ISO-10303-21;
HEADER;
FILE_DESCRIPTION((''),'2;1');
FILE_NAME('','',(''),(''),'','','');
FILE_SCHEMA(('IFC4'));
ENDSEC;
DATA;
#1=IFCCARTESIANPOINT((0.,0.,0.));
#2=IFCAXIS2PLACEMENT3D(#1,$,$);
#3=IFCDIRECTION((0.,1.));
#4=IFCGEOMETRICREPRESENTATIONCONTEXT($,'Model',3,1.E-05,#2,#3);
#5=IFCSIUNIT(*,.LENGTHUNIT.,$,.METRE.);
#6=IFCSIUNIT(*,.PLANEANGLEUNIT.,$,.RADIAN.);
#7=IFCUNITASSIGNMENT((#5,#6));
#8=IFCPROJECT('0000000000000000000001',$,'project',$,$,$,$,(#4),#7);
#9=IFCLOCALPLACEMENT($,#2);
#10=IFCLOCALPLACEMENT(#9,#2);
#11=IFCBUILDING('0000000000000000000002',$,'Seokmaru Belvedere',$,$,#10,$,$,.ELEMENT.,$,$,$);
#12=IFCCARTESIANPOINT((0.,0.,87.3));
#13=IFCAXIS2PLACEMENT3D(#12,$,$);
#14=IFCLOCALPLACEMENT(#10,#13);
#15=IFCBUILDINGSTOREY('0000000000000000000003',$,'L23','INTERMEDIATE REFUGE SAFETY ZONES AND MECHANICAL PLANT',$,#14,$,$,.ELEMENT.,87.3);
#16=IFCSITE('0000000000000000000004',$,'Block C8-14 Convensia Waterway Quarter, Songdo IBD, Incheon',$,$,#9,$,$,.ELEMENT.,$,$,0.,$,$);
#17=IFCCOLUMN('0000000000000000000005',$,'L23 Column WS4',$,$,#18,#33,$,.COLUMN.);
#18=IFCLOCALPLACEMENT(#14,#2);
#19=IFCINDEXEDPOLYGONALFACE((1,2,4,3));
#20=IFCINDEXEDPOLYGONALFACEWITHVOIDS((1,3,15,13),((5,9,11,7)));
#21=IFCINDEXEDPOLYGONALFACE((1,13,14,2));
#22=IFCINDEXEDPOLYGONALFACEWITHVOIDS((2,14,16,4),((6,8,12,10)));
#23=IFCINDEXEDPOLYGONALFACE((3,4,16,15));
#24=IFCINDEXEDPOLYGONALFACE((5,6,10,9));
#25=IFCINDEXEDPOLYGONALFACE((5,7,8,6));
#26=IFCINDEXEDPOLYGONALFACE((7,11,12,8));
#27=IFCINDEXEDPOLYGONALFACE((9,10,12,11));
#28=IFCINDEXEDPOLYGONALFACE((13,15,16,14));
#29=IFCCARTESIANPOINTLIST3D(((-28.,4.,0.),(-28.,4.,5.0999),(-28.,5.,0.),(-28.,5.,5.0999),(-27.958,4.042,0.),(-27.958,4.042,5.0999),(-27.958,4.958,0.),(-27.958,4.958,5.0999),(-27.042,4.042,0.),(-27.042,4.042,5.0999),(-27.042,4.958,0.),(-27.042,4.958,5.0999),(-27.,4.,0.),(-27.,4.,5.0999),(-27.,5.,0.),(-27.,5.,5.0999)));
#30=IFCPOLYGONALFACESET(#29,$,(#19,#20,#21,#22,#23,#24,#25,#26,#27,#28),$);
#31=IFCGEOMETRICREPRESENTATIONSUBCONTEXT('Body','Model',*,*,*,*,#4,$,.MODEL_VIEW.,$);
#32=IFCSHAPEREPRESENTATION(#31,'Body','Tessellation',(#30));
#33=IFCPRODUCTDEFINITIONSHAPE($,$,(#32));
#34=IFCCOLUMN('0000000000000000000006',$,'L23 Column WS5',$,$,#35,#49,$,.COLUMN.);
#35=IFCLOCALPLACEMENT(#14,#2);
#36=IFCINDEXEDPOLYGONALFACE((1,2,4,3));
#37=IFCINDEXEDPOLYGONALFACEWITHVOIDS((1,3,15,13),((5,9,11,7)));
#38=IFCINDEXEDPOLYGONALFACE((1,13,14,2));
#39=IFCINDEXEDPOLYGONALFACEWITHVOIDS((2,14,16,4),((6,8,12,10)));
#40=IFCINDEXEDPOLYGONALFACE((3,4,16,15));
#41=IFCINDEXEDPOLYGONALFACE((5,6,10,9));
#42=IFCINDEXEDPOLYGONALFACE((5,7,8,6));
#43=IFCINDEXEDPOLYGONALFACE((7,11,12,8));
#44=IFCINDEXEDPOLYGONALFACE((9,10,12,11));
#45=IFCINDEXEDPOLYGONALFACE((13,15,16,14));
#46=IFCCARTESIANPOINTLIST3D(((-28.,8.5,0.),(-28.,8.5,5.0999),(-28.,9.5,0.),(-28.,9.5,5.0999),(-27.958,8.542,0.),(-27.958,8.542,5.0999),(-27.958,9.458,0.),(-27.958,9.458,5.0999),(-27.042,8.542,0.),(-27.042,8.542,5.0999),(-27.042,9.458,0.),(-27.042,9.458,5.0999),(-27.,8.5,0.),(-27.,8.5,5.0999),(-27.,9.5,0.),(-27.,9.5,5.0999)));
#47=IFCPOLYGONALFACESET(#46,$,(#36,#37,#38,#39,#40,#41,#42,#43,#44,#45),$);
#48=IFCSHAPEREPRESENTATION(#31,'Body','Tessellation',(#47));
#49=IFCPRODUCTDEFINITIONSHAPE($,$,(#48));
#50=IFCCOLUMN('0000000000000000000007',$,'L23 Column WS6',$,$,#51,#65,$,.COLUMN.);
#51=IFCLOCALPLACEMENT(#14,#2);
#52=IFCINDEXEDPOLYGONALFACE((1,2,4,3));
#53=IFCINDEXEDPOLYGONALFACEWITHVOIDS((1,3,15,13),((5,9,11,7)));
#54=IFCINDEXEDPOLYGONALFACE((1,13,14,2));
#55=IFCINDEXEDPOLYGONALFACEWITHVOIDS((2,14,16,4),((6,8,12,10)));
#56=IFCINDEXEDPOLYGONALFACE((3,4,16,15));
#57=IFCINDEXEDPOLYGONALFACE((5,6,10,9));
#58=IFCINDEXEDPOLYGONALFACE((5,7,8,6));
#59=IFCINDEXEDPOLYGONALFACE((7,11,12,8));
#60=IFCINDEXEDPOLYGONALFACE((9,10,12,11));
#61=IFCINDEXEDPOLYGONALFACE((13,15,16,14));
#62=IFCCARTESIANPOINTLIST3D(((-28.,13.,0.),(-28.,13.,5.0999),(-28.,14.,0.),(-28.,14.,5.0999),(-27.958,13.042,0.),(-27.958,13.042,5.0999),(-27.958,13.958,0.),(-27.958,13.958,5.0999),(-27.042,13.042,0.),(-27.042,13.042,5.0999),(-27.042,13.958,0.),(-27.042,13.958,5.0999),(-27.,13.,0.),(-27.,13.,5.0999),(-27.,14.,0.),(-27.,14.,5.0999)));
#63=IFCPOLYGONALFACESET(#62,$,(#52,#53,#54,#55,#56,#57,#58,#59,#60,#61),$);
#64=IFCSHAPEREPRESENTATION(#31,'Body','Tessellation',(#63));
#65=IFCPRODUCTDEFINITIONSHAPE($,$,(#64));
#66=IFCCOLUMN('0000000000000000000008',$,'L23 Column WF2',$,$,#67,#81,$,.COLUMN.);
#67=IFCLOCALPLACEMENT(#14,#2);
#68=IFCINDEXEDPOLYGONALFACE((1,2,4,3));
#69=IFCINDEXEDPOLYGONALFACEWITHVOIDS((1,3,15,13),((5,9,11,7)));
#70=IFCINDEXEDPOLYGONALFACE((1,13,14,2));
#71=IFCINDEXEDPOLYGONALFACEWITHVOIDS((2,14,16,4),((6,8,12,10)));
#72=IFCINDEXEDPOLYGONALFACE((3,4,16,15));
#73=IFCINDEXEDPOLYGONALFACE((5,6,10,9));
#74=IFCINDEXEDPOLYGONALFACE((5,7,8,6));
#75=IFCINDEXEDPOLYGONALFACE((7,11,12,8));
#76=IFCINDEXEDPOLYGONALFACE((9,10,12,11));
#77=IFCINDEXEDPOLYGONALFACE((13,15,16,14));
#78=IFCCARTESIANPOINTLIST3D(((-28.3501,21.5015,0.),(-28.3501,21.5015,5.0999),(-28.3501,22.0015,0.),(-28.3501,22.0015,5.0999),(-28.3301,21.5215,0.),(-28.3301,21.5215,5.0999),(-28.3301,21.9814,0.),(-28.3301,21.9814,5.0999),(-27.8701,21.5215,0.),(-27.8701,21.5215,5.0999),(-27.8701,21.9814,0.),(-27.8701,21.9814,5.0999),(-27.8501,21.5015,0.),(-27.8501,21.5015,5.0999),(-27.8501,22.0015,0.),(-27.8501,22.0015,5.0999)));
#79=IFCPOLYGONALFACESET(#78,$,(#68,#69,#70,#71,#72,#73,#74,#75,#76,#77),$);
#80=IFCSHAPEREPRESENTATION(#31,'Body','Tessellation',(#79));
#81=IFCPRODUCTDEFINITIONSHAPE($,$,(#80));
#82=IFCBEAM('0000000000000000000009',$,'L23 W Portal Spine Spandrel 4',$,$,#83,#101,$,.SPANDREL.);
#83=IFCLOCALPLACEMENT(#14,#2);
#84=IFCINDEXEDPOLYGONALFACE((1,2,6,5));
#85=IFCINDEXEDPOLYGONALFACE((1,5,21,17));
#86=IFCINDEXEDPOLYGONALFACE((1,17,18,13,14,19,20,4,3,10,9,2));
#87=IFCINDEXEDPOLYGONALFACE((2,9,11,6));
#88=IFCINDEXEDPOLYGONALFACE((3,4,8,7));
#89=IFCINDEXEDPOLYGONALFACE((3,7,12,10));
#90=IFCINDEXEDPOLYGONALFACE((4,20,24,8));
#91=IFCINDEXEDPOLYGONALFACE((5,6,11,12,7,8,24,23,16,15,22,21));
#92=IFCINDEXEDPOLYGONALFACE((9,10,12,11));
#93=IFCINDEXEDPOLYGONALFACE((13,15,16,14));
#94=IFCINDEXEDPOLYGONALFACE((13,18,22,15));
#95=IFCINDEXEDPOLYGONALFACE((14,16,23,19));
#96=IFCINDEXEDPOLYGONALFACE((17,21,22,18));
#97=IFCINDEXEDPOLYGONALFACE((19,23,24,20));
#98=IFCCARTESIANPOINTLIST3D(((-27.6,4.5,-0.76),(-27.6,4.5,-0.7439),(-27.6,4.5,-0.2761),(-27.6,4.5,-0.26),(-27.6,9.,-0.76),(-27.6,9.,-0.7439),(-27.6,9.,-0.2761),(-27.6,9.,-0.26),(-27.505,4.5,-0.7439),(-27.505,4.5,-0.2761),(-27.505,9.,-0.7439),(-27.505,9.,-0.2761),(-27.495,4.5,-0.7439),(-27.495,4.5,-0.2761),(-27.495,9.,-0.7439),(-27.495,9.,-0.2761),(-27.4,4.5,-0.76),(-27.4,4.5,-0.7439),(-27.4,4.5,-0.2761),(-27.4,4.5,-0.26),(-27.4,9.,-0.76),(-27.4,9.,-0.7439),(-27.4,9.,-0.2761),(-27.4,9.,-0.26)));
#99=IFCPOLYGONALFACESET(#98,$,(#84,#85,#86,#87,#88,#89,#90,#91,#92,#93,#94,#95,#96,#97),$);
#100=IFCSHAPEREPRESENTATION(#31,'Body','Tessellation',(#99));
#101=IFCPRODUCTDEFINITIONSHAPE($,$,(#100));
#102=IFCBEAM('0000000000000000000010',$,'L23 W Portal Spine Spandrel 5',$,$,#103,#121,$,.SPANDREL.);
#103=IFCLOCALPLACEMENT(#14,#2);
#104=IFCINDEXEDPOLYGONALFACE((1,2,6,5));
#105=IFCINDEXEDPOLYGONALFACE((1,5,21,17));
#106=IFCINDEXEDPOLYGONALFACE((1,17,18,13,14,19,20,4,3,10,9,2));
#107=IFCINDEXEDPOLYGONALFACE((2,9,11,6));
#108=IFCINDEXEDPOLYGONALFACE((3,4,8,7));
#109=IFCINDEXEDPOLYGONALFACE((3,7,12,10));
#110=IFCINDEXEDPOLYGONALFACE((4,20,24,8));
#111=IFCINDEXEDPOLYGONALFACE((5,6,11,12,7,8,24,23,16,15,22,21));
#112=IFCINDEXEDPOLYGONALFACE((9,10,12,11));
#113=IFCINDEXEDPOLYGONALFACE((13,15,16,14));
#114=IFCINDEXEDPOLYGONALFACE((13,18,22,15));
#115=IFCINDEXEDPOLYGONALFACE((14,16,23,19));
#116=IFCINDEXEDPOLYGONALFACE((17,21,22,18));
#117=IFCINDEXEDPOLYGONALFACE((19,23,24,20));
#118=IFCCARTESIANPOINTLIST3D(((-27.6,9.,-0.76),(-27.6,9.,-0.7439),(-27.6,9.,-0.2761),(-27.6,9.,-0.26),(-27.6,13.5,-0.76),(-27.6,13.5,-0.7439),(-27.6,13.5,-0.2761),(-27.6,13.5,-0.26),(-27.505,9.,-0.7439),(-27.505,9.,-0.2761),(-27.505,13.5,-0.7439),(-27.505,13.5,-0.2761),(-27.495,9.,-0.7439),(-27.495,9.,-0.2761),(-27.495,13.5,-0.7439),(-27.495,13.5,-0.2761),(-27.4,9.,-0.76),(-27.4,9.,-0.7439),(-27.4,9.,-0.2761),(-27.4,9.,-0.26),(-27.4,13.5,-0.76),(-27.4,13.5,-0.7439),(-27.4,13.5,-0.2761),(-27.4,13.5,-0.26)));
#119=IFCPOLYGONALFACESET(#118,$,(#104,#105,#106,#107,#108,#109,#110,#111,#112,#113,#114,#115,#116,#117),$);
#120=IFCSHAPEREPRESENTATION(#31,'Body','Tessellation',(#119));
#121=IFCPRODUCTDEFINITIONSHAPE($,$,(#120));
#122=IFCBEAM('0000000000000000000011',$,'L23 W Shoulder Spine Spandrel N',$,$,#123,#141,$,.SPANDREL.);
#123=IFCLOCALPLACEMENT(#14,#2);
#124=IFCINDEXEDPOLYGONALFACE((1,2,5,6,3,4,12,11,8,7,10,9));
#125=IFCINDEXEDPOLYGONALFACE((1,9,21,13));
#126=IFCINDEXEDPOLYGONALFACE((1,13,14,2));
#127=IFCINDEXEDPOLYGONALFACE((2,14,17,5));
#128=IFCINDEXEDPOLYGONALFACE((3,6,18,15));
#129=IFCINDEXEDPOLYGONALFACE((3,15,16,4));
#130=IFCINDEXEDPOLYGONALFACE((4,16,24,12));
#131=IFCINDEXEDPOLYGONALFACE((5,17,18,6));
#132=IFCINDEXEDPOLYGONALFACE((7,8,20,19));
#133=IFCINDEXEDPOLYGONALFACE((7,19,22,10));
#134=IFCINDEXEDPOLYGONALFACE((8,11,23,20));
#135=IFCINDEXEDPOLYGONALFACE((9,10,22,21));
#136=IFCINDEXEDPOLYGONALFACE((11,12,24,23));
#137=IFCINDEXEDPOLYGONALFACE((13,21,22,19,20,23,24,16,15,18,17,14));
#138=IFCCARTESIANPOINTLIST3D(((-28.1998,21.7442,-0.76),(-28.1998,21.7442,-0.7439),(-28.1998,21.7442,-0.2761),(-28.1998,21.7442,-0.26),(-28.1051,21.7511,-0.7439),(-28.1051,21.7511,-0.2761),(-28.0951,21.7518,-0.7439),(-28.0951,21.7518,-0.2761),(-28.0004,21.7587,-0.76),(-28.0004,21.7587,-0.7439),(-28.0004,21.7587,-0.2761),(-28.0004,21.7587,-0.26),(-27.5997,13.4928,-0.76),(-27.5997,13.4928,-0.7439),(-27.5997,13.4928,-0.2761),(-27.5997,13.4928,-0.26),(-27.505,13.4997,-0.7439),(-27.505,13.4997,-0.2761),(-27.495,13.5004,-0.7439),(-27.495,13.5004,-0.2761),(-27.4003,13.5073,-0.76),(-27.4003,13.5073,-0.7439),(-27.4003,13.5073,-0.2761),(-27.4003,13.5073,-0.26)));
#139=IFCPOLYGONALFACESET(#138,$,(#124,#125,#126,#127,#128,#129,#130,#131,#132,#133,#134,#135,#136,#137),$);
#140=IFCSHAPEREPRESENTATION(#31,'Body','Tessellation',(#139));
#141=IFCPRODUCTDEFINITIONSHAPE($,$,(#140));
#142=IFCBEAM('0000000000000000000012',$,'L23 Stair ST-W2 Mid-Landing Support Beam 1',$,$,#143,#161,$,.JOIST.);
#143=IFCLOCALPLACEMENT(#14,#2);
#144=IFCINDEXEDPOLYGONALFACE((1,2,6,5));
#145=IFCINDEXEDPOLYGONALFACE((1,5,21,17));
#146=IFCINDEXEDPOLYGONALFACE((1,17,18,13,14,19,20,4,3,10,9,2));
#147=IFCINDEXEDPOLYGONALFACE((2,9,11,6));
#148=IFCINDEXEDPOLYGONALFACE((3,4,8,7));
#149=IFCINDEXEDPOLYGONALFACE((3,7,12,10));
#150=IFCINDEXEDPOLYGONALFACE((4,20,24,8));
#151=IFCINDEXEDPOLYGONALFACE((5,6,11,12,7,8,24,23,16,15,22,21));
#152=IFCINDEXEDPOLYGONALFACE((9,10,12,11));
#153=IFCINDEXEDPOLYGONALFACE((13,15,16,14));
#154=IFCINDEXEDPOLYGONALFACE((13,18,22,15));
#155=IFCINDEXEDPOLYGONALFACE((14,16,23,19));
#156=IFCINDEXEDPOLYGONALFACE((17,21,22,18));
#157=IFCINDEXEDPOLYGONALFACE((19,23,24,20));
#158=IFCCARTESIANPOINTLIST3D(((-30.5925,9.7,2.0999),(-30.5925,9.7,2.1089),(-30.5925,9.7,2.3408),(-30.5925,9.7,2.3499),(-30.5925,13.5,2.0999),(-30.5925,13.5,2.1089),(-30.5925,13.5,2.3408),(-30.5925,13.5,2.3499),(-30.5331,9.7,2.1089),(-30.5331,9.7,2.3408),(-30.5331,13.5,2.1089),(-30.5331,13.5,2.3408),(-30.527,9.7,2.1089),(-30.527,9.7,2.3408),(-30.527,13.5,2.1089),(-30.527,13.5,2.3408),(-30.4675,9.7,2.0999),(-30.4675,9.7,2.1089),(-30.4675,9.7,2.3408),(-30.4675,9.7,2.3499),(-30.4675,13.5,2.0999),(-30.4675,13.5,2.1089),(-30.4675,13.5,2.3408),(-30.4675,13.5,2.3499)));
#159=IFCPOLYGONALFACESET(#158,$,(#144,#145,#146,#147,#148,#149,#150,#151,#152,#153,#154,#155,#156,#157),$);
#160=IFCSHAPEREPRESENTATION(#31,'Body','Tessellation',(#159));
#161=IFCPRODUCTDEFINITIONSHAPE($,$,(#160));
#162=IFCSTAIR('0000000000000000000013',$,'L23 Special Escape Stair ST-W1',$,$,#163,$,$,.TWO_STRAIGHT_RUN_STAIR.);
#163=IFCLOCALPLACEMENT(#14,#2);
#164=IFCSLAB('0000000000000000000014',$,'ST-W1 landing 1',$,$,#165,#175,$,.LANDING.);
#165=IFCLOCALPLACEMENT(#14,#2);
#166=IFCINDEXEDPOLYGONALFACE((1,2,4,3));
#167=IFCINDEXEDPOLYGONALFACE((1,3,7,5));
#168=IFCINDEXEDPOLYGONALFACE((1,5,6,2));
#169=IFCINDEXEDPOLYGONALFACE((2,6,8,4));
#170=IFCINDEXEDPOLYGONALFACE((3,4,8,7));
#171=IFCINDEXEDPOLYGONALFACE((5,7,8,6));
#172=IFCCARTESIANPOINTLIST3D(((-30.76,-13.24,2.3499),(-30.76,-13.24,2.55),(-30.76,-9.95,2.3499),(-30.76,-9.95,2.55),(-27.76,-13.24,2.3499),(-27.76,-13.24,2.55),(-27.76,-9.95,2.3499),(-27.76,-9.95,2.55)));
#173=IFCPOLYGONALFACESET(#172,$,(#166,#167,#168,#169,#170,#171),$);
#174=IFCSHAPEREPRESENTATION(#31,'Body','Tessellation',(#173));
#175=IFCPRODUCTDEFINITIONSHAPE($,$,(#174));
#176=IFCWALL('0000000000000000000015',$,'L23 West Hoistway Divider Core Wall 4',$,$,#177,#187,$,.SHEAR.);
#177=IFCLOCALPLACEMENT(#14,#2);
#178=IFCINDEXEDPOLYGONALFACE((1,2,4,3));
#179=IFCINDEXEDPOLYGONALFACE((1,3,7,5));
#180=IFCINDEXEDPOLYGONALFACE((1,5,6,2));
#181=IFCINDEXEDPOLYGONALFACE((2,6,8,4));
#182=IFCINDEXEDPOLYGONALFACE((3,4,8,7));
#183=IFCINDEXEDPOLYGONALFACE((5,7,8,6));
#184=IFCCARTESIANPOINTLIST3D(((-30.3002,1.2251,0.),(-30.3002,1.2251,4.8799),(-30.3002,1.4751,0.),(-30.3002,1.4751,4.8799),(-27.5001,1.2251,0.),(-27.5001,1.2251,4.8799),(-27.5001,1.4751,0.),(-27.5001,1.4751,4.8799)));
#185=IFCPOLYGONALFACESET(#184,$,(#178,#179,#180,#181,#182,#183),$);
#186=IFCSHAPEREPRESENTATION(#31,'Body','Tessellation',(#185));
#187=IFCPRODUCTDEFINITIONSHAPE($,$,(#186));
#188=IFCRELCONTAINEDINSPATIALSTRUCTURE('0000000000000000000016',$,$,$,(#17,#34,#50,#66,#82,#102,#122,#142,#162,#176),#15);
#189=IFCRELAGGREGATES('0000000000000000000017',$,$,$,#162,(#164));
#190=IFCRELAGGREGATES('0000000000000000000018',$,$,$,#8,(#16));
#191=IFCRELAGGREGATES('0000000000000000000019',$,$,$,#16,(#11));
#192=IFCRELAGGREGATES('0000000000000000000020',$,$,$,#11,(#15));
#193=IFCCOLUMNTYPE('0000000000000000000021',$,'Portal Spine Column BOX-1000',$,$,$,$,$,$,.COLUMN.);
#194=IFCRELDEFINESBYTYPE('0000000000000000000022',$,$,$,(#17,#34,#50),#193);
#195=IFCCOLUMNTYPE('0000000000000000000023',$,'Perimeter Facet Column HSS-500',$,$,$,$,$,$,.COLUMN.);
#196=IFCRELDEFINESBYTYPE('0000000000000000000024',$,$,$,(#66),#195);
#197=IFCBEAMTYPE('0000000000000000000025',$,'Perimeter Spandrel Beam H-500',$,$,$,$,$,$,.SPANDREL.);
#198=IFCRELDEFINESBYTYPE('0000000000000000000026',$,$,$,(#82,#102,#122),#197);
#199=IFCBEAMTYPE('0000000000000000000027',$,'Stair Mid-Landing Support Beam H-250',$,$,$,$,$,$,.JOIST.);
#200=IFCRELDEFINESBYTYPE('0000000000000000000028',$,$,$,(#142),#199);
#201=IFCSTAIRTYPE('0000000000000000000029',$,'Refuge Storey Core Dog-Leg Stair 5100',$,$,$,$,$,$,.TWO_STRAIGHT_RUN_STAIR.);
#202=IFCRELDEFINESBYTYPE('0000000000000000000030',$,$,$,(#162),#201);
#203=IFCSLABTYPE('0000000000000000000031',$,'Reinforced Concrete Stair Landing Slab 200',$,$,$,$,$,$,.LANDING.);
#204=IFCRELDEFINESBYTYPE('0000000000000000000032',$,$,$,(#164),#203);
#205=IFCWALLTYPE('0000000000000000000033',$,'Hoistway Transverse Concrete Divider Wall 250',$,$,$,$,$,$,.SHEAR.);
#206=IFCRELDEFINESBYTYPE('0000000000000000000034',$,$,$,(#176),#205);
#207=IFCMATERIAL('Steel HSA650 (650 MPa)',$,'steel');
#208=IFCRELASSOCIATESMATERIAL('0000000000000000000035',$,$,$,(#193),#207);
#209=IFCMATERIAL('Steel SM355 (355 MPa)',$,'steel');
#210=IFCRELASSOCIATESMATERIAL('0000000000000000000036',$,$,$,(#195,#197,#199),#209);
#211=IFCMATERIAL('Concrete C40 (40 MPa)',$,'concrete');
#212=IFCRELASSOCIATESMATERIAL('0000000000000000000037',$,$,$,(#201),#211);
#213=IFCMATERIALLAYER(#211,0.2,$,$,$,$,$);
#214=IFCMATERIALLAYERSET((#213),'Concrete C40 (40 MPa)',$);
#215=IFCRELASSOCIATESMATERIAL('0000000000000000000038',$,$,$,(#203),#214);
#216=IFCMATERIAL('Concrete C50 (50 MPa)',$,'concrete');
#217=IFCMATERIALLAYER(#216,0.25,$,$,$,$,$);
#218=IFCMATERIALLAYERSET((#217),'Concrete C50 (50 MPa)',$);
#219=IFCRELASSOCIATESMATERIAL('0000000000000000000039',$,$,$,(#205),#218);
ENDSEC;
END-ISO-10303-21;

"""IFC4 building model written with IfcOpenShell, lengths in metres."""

from ifc_helpers import new_model, si_unit, direction, frame, frame_2d, origin, origin_2d, place, context, subcontext, project, spatial, polyline, rectangle, hollow_rectangle, i_section, outline, extrude, source, transform, mapped, material, layer, layer_set, material_profile, profile_set, type_object, type_shapes, element, aggregate, save


model = new_model("IFC4")

# Units and contexts
model_context = context("Model", 3, precision=1e-05, world=origin(), true_north=direction((0.0, 1.0)))
body_context = subcontext(model_context, "Body", "Model", "MODEL_VIEW")
ifc_project = project(units=[si_unit("LENGTHUNIT", "METRE"), si_unit("PLANEANGLEUNIT", "RADIAN")], contexts=[model_context])

# Site, building, storey
site_placement = place(None, origin())
site = spatial("IfcSite", under=ifc_project, at=site_placement, Name="Block C8-14 Convensia Waterway Quarter, Songdo IBD, Incheon", CompositionType="ELEMENT", RefElevation=0.0)
building_placement = place(site_placement, origin())
building = spatial("IfcBuilding", under=site, at=building_placement, Name="Seokmaru Belvedere", CompositionType="ELEMENT")
storey_placement = place(building_placement, frame((0.0, 0.0, 87.3)))
storey = spatial("IfcBuildingStorey", under=building, at=storey_placement, Name="L23", Description="INTERMEDIATE REFUGE SAFETY ZONES AND MECHANICAL PLANT", CompositionType="ELEMENT", Elevation=87.3)

# Columns
ifc_material_1 = material(Name="Steel HSA650 (650 MPa)", Category="steel")
ifc_material_profile_1 = material_profile(ifc_material_1, hollow_rectangle(XDim=1.0, YDim=1.0, WallThickness=0.042, at=origin_2d()), Name="BOX-1000x1000x42")
ifc_profile_set_1 = profile_set([ifc_material_profile_1], Name="Steel HSA650 (650 MPa)")
column_type_1 = type_object("IfcColumnType", Name="Portal Spine Column BOX-1000", PredefinedType="COLUMN", material=ifc_profile_set_1)
shared_shape_1 = source(origin(), body_context, "Body", "SweptSolid", [
    extrude(hollow_rectangle(XDim=1.0, YDim=1.0, WallThickness=0.042, at=origin_2d()), origin(), (0.0, 0.0, 1.0), 5.0999),
])
type_shapes(column_type_1, [shared_shape_1])
for number, where, z_axis, x_axis, name in (
    (1, (-27.5, 4.5, 0.0), (0.0, 0.0, 1.0), (1.0, 0.0, 0.0), "L23 Column WS4"),
    (2, (-27.5, 9.0, 0.0), (0.0, 0.0, 1.0), (1.0, 0.0, 0.0), "L23 Column WS5"),
    (3, (-27.5, 13.5, 0.0), (0.0, 0.0, 1.0), (1.0, 0.0, 0.0), "L23 Column WS6"),
):
    element("IfcColumn", number, at=place(storey_placement, frame(where, z_axis=z_axis, x_axis=x_axis)), inside=storey, type_object=column_type_1, Name=name, PredefinedType="COLUMN", context=body_context, shape_type="MappedRepresentation", body=[
        mapped(shared_shape_1, transform((0.0, 0.0, 0.0), scale=1.0)),
    ])
ifc_material_2 = material(Name="Steel SM355 (355 MPa)", Category="steel")
ifc_material_profile_2 = material_profile(ifc_material_2, hollow_rectangle(XDim=0.5, YDim=0.5, WallThickness=0.02, at=origin_2d()), Name="HSS-500x500x20")
ifc_profile_set_2 = profile_set([ifc_material_profile_2], Name="Steel SM355 (355 MPa)")
column_type_2 = type_object("IfcColumnType", Name="Perimeter Facet Column HSS-500", PredefinedType="COLUMN", material=ifc_profile_set_2)
shared_shape_2 = source(origin(), body_context, "Body", "SweptSolid", [
    extrude(hollow_rectangle(XDim=0.5, YDim=0.5, WallThickness=0.02, at=origin_2d()), origin(), (0.0, 0.0, 1.0), 5.0999),
])
type_shapes(column_type_2, [shared_shape_2])
column_placement = place(storey_placement, frame((-28.1001, 21.7515, 0.0), z_axis=(0.0, 0.0, 1.0), x_axis=(1.0, 0.0, 0.0)))
element("IfcColumn", 4, at=column_placement, inside=storey, type_object=column_type_2, Name="L23 Column WF2", PredefinedType="COLUMN", context=body_context, shape_type="MappedRepresentation", body=[
    mapped(shared_shape_2, transform((0.0, 0.0, 0.0), scale=1.0)),
])

# Beams
ifc_material_profile_3 = material_profile(ifc_material_2, i_section(OverallWidth=0.2, OverallDepth=0.5, WebThickness=0.01, FlangeThickness=0.0161, at=origin_2d()), Name="H-500x200x10x16")
ifc_profile_set_3 = profile_set([ifc_material_profile_3], Name="Steel SM355 (355 MPa)")
beam_type_1 = type_object("IfcBeamType", Name="Perimeter Spandrel Beam H-500", PredefinedType="SPANDREL", material=ifc_profile_set_3)
shared_shape_3 = source(origin(), body_context, "Body", "SweptSolid", [
    extrude(i_section(OverallWidth=0.2, OverallDepth=0.5, WebThickness=0.01, FlangeThickness=0.0161, at=origin_2d()), origin(), (0.0, 0.0, 1.0), 4.5),
])
for number, where, z_axis, x_axis, name in (
    (5, (-27.5, 4.5, -0.51), (0.0, 1.0, 0.0), (-1.0, 0.0, 0.0), "L23 W Portal Spine Spandrel 4"),
    (6, (-27.5, 9.0, -0.51), (0.0, 1.0, 0.0), (-1.0, 0.0, 0.0), "L23 W Portal Spine Spandrel 5"),
):
    element("IfcBeam", number, at=place(storey_placement, frame(where, z_axis=z_axis, x_axis=x_axis)), inside=storey, type_object=beam_type_1, Name=name, PredefinedType="SPANDREL", context=body_context, shape_type="MappedRepresentation", body=[
        mapped(shared_shape_3, transform((0.0, 0.0, 0.0), scale=1.0)),
    ])
shared_shape_4 = source(origin(), body_context, "Body", "SweptSolid", [
    extrude(i_section(OverallWidth=0.2, OverallDepth=0.5, WebThickness=0.01, FlangeThickness=0.0161, at=origin_2d()), origin(), (0.0, 0.0, 1.0), 8.2732),
])
type_shapes(beam_type_1, [shared_shape_3, shared_shape_4])
beam_1_placement = place(storey_placement, frame((-28.1001, 21.7515, -0.51), z_axis=(0.072535, -0.997366, 0.0), x_axis=(0.997366, 0.072535, 0.0)))
element("IfcBeam", 7, at=beam_1_placement, inside=storey, type_object=beam_type_1, Name="L23 W Shoulder Spine Spandrel N", PredefinedType="SPANDREL", context=body_context, shape_type="MappedRepresentation", body=[
    mapped(shared_shape_4, transform((0.0, 0.0, 0.0), scale=1.0)),
])
ifc_material_profile_4 = material_profile(ifc_material_2, i_section(OverallWidth=0.125, OverallDepth=0.25, WebThickness=0.0061, FlangeThickness=0.009, at=origin_2d()), Name="H-250x125x6x9")
ifc_profile_set_4 = profile_set([ifc_material_profile_4], Name="Steel SM355 (355 MPa)")
beam_type_2 = type_object("IfcBeamType", Name="Stair Mid-Landing Support Beam H-250", PredefinedType="JOIST", material=ifc_profile_set_4)
shared_shape_5 = source(origin(), body_context, "Body", "SweptSolid", [
    extrude(i_section(OverallWidth=0.125, OverallDepth=0.25, WebThickness=0.0061, FlangeThickness=0.009, at=origin_2d()), origin(), (0.0, 0.0, 1.0), 3.8),
])
type_shapes(beam_type_2, [shared_shape_5])
beam_2_placement = place(storey_placement, frame((-30.53, 9.7, 2.2249), z_axis=(0.0, 1.0, 0.0), x_axis=(-1.0, 0.0, 0.0)))
element("IfcBeam", 8, at=beam_2_placement, inside=storey, type_object=beam_type_2, Name="L23 Stair ST-W2 Mid-Landing Support Beam 1", PredefinedType="JOIST", context=body_context, shape_type="MappedRepresentation", body=[
    mapped(shared_shape_5, transform((0.0, 0.0, 0.0), scale=1.0)),
])

# Stair, slab
ifc_material_3 = material(Name="Concrete C40 (40 MPa)", Category="concrete")
stair_type = type_object("IfcStairType", Name="Refuge Storey Core Dog-Leg Stair 5100", PredefinedType="TWO_STRAIGHT_RUN_STAIR", material=ifc_material_3)
stair_1_placement = place(storey_placement, origin())
stair_1 = element("IfcStair", 9, at=stair_1_placement, inside=storey, type_object=stair_type, Name="L23 Special Escape Stair ST-W1", PredefinedType="TWO_STRAIGHT_RUN_STAIR")
ifc_layer_1 = layer(ifc_material_3, 0.2)
ifc_layer_set_1 = layer_set([ifc_layer_1], Name="Concrete C40 (40 MPa)")
slab_type = type_object("IfcSlabType", Name="Reinforced Concrete Stair Landing Slab 200", PredefinedType="LANDING", material=ifc_layer_set_1)
slab_placement = place(storey_placement, frame((0.0, 0.0, 2.3499)))
slab = element("IfcSlab", 10, at=slab_placement, type_object=slab_type, Name="ST-W1 landing 1", PredefinedType="LANDING", context=body_context, shape_type="SweptSolid", body=[
    extrude(outline(polyline([(-30.76, -13.24), (-27.76, -13.24), (-27.76, -9.95), (-30.76, -9.95), (-30.76, -13.24)])), origin(), (0.0, 0.0, 1.0), 0.2002),
])
aggregate(stair_1, [slab])

# Wall
ifc_material_4 = material(Name="Concrete C50 (50 MPa)", Category="concrete")
ifc_layer_2 = layer(ifc_material_4, 0.25)
ifc_layer_set_2 = layer_set([ifc_layer_2], Name="Concrete C50 (50 MPa)")
wall_type_1 = type_object("IfcWallType", Name="Hoistway Transverse Concrete Divider Wall 250", PredefinedType="SHEAR", material=ifc_layer_set_2)
for number, where, z_axis, x_axis, name in (
    (11, (-30.3, 1.3501, 0.0), (0.0, 0.0, 1.0), (1.0, 0.0, 0.0), "L23 West Hoistway Divider Core Wall 4"),
):
    element("IfcWall", number, at=place(storey_placement, frame(where, z_axis=z_axis, x_axis=x_axis)), inside=storey, type_object=wall_type_1, Name=name, PredefinedType="SHEAR", context=body_context, shape_type="SweptSolid", body=[
        extrude(rectangle(XDim=2.8, YDim=0.25, at=frame_2d((1.3999, 0.0))), origin(), (0.0, 0.0, 1.0), 4.8799),
    ])

save(model, "model.ifc")
